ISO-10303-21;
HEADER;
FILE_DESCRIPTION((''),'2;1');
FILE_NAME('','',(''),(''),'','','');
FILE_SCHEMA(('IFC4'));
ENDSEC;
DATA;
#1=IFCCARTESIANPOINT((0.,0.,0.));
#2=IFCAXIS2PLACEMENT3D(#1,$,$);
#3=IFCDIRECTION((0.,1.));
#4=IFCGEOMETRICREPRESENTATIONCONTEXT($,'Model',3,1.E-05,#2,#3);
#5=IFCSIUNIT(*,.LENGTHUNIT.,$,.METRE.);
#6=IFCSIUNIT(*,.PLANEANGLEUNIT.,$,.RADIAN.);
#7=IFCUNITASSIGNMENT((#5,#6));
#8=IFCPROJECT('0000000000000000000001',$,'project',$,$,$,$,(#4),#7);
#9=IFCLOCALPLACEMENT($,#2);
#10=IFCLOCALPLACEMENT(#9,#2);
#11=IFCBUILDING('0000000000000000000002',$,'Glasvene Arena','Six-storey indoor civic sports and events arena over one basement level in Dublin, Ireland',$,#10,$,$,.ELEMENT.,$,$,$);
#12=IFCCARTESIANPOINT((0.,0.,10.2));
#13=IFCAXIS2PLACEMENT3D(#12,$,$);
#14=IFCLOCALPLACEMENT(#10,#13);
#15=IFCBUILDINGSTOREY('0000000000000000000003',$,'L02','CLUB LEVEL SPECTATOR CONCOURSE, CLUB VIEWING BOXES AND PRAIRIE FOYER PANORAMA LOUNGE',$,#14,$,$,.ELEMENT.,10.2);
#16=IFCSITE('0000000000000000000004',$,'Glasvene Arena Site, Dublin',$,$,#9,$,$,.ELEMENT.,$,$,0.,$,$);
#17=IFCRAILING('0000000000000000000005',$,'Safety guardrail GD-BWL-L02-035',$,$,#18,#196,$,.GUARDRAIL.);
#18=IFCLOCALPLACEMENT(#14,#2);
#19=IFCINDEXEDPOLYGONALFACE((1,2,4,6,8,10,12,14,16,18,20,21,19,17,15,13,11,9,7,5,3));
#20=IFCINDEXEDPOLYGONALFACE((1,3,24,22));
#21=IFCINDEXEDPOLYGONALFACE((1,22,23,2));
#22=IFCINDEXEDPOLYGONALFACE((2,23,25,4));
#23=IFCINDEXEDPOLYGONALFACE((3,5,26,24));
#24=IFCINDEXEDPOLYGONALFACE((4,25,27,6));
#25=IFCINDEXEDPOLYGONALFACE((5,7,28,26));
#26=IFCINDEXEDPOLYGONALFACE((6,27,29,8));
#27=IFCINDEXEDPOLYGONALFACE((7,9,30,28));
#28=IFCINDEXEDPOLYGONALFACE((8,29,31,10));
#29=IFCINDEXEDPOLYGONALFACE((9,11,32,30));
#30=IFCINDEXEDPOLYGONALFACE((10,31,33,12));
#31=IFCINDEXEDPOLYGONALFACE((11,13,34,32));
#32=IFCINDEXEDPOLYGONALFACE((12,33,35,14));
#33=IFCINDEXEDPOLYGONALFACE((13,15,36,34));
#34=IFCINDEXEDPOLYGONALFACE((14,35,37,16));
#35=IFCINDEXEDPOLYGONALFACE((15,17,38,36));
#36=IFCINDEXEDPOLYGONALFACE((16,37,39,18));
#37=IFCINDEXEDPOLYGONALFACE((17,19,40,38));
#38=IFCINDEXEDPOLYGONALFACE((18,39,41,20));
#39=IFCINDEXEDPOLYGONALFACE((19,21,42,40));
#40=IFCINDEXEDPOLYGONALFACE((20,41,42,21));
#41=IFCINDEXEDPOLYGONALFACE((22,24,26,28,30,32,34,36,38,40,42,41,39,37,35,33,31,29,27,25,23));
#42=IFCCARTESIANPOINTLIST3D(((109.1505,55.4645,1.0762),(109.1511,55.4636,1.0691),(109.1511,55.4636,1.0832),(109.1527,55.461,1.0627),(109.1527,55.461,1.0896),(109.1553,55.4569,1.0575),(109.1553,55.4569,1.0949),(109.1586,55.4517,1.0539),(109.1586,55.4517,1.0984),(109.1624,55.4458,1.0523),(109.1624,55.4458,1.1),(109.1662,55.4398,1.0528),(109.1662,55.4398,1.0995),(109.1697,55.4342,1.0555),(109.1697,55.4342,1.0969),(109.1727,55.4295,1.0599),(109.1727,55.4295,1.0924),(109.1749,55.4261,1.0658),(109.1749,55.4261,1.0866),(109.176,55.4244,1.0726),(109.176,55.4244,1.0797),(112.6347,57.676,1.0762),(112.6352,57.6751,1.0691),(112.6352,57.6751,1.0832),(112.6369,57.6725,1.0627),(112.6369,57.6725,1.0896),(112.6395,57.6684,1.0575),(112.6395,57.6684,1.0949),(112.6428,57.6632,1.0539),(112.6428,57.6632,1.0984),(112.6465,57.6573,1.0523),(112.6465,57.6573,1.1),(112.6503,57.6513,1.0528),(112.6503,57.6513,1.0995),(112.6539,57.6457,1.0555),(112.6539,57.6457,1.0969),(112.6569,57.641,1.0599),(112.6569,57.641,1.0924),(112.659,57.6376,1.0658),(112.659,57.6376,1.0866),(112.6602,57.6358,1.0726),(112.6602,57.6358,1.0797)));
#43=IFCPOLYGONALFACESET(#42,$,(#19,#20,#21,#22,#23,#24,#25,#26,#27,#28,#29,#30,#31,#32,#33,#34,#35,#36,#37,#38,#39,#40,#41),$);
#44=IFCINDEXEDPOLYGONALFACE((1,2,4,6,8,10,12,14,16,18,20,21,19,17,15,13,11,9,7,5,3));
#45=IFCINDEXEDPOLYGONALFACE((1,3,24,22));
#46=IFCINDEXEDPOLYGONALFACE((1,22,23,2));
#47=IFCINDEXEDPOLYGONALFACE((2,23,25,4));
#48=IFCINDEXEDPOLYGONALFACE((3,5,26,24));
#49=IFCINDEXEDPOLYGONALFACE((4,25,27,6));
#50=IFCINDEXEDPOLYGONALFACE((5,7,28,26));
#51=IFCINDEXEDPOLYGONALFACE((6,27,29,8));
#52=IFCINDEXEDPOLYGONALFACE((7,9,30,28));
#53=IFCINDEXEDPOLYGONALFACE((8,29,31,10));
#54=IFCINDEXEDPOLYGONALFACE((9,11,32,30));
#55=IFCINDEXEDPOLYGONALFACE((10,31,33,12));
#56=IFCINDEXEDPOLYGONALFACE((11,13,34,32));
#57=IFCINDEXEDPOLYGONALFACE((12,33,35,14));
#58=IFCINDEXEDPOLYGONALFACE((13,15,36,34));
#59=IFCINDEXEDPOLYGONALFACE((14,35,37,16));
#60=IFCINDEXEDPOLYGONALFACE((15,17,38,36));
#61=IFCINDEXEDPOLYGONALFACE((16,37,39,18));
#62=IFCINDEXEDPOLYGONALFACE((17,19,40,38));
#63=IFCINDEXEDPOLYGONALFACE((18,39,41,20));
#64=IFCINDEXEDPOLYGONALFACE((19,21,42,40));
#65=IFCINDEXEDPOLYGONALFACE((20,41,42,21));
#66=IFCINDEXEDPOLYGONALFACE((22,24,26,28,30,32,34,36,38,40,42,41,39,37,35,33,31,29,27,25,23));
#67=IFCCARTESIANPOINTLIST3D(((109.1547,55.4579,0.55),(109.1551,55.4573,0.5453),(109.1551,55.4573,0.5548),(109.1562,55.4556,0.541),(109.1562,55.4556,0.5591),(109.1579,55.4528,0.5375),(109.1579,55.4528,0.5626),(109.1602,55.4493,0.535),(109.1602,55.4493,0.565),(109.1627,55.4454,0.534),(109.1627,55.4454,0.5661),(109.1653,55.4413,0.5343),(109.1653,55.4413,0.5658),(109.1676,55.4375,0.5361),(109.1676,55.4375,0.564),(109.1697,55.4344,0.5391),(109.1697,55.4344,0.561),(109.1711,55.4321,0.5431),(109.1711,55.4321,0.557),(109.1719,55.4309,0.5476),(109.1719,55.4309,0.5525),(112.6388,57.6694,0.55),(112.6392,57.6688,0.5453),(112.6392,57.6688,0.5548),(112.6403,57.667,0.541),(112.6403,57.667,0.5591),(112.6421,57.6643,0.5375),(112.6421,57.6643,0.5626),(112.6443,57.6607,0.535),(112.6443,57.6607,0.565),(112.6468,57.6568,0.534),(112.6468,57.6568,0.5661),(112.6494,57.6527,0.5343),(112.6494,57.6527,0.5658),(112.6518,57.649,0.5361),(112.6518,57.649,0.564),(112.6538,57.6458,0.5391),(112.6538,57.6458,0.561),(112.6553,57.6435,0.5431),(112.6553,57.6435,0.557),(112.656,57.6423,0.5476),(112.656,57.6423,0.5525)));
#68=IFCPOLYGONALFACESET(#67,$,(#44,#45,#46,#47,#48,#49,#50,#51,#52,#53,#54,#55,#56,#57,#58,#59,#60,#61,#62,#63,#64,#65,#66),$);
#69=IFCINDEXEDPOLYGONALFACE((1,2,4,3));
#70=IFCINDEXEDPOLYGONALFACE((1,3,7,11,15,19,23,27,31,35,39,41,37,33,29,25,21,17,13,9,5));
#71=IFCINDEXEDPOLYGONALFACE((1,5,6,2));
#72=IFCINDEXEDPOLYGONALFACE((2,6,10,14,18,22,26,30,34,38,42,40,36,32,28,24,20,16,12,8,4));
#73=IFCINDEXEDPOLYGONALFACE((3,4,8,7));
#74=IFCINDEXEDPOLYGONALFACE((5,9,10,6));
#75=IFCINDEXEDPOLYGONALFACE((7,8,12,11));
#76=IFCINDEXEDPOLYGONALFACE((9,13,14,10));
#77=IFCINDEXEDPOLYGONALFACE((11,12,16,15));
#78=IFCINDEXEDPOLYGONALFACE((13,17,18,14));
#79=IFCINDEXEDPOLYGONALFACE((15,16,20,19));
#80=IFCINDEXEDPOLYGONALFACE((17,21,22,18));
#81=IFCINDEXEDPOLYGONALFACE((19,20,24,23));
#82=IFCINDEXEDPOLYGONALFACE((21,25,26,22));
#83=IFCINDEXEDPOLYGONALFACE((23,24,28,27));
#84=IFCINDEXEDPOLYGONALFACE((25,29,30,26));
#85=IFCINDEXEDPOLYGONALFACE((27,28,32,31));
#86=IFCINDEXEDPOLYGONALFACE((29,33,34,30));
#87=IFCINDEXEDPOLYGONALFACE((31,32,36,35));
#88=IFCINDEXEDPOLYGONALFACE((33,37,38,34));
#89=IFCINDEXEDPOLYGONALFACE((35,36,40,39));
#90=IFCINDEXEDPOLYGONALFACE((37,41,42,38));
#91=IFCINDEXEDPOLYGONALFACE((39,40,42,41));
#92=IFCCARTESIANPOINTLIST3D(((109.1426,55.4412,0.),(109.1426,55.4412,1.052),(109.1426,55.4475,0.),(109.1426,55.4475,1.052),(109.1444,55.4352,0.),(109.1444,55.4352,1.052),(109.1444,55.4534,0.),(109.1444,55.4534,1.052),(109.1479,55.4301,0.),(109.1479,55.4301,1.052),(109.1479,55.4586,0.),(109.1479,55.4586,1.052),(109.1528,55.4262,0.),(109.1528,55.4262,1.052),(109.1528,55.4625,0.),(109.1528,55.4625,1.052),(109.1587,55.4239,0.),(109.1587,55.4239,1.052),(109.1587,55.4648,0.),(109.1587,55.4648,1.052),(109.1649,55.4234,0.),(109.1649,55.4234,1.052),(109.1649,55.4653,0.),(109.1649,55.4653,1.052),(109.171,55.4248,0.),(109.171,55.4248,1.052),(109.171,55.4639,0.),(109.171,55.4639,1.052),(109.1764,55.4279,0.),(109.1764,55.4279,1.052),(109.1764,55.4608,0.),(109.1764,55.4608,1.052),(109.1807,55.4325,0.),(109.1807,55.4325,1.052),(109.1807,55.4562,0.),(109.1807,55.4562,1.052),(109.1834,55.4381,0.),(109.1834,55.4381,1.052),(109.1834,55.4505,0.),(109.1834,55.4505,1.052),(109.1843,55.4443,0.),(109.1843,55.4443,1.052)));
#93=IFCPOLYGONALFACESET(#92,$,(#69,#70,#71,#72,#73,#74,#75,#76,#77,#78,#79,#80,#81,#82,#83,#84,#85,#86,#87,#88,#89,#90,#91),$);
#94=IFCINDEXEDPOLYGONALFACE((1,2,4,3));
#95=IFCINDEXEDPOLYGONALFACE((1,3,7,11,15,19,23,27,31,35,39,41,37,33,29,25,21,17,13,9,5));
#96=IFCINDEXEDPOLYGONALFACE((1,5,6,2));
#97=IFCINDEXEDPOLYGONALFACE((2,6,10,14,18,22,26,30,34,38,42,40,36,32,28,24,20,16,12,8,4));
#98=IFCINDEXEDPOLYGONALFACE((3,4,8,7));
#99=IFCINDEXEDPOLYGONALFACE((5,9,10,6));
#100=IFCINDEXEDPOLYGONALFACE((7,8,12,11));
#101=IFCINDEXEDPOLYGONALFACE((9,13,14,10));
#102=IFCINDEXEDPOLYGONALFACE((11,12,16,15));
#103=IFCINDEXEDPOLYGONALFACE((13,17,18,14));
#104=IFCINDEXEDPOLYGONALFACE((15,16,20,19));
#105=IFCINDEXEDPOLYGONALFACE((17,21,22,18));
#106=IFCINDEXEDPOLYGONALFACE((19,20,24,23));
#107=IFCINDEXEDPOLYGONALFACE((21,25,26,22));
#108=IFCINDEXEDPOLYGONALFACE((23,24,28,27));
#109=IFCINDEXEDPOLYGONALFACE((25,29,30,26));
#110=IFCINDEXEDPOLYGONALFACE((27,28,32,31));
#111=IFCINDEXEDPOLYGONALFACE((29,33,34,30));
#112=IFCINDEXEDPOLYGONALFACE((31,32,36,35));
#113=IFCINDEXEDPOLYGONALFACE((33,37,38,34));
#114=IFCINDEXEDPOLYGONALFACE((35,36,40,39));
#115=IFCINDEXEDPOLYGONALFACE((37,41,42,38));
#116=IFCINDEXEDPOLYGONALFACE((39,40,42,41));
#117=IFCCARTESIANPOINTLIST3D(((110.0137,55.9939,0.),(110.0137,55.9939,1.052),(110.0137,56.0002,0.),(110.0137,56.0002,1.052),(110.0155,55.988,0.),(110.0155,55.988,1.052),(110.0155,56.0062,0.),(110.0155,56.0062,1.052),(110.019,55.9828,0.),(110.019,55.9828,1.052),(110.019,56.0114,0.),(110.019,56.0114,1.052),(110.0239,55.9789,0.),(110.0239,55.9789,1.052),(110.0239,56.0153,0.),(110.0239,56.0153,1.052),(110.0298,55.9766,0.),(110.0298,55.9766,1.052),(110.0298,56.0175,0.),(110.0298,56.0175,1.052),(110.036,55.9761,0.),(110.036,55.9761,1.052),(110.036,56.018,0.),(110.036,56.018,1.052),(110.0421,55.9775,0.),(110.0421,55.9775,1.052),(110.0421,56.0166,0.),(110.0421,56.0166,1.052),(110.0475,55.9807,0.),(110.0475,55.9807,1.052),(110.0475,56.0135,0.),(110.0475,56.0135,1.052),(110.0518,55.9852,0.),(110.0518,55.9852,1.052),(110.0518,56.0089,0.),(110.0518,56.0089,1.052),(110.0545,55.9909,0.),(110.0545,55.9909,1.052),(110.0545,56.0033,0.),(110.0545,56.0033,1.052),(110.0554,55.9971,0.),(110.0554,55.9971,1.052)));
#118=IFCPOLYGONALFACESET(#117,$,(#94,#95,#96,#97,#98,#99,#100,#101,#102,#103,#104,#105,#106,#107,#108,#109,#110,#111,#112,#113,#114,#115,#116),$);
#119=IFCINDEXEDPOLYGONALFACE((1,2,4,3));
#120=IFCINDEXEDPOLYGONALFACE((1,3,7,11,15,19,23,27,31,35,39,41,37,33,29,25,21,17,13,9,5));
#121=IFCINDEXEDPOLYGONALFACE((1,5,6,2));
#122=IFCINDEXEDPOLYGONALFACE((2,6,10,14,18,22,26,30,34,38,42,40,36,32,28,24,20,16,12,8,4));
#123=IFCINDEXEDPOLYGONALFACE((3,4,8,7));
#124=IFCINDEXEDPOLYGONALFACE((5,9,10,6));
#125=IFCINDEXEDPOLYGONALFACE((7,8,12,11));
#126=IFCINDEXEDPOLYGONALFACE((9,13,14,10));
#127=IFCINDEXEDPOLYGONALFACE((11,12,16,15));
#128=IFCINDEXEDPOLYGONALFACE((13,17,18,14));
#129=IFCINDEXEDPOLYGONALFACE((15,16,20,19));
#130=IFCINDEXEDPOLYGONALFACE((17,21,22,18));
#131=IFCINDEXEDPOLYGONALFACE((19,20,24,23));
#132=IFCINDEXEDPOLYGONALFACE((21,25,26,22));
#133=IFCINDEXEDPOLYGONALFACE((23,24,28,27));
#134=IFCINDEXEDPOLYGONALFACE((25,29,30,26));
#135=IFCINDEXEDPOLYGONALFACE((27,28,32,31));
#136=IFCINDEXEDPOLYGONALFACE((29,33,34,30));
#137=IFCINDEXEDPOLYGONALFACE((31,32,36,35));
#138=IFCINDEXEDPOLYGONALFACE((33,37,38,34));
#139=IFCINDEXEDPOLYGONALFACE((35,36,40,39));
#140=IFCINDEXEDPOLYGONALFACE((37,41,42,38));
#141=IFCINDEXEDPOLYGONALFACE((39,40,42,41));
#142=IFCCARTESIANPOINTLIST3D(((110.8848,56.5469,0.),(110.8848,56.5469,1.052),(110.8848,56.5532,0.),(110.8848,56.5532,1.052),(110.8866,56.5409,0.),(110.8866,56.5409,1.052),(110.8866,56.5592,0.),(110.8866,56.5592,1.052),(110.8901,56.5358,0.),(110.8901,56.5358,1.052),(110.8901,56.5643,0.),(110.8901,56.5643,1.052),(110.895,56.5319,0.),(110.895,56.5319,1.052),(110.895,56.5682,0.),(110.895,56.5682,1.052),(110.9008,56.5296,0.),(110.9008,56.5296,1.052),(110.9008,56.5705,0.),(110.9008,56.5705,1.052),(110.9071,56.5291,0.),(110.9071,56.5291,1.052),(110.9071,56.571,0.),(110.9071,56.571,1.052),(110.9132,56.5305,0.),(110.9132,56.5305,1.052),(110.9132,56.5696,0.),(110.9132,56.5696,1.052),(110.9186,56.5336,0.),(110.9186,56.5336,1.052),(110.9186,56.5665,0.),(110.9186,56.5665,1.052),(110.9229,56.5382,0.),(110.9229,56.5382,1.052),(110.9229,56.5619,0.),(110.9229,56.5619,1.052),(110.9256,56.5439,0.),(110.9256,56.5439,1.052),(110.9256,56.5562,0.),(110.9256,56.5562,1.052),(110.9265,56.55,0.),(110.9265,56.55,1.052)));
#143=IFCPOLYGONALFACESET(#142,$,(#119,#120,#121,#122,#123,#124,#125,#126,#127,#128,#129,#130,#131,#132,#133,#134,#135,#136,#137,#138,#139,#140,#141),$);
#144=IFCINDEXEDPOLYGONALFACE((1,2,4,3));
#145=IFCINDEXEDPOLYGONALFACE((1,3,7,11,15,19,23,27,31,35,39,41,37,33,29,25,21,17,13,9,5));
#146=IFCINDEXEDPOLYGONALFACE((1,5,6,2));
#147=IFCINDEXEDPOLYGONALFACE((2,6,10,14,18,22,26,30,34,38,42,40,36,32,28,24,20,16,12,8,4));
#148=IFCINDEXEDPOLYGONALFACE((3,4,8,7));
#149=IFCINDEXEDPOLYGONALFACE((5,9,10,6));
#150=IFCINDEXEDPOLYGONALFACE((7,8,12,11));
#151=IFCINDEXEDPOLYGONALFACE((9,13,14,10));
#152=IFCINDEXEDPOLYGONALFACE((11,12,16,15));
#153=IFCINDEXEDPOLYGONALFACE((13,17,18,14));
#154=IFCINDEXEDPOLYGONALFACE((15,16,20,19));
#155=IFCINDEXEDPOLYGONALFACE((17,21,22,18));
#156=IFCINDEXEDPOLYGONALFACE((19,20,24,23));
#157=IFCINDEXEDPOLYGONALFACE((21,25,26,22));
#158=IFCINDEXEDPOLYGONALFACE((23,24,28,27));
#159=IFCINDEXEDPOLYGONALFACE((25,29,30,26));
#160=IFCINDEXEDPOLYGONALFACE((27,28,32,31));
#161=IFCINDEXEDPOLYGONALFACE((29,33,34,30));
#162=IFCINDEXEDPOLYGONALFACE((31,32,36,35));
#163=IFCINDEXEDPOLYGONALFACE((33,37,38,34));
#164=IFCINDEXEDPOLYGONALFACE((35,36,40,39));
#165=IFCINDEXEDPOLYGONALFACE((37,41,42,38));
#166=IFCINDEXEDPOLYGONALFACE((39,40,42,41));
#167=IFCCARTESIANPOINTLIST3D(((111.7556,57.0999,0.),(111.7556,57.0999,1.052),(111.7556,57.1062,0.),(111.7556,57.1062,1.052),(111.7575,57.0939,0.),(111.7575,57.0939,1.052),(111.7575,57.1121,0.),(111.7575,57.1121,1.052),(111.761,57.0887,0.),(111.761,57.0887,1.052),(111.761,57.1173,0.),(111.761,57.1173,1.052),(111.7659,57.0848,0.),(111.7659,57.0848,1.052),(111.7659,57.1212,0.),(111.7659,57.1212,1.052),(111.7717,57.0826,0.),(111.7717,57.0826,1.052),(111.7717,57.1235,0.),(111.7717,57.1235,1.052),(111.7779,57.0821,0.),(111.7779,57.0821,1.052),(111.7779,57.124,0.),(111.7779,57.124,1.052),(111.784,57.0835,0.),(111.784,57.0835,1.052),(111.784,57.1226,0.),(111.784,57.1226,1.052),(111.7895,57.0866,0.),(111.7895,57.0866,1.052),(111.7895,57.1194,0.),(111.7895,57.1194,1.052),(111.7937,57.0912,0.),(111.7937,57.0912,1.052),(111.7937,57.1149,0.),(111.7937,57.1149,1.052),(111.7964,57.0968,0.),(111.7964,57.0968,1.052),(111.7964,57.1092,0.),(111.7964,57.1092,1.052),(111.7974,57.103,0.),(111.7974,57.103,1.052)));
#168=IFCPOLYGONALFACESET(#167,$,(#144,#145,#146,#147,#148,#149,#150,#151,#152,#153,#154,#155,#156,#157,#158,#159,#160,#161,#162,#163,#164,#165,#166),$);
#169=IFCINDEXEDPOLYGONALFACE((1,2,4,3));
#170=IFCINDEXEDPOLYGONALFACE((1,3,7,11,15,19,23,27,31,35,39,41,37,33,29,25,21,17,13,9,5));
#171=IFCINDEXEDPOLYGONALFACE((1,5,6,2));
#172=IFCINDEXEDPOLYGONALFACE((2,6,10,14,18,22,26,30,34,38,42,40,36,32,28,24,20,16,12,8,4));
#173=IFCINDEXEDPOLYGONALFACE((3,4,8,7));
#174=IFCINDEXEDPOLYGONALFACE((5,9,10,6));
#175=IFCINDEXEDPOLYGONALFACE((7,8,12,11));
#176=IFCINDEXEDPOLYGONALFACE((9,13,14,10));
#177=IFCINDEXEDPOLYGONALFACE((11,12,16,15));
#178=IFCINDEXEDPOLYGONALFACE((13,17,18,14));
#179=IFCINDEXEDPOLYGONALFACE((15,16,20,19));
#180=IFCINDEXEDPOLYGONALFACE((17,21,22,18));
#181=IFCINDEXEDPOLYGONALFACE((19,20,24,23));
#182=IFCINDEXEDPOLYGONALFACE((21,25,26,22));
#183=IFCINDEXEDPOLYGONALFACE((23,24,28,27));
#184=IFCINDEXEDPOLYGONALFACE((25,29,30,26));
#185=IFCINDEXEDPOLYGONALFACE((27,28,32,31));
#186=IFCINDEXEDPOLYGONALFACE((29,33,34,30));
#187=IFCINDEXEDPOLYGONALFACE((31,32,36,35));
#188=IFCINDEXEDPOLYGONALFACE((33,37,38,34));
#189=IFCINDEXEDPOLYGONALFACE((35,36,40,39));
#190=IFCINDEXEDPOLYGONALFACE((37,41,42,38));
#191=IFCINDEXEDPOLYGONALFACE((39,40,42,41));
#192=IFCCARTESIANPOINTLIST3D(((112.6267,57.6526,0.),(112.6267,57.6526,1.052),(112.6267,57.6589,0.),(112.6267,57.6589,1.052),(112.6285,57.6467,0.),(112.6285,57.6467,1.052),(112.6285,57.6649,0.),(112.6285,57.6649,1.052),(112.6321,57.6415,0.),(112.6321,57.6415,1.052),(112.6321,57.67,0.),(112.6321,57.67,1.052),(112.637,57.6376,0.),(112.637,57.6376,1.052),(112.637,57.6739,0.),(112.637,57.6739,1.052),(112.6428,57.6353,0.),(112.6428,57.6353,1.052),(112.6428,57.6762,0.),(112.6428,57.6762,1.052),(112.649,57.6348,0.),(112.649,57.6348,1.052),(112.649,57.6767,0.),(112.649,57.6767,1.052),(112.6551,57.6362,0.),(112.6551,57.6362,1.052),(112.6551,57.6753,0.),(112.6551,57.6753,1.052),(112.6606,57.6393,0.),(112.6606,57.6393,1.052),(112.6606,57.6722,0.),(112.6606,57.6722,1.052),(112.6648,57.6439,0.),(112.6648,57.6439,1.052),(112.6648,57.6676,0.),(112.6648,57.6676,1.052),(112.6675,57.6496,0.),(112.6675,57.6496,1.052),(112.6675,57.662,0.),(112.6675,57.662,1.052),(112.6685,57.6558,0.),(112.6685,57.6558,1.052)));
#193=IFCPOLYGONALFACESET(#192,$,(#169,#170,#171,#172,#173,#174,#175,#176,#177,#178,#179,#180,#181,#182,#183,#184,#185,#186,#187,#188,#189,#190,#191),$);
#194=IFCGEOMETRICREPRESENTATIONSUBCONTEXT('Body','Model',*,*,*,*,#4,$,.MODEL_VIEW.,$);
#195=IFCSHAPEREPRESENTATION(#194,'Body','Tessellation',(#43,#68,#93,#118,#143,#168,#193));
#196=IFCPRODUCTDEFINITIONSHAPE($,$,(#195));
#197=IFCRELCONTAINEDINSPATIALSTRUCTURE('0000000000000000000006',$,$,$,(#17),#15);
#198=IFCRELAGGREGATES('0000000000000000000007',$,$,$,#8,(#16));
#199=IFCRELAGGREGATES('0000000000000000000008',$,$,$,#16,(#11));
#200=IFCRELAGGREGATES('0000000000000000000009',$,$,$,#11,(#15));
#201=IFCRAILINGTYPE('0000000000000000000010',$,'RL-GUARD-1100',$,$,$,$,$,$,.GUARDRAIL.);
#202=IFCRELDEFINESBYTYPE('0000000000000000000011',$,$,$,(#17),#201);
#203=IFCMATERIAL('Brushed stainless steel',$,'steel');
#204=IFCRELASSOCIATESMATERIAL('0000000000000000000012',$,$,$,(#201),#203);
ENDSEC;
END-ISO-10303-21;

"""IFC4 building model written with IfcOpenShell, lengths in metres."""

from ifc_helpers import new_model, si_unit, direction, frame, origin, origin_2d, place, context, subcontext, project, spatial, circle, extrude, material, type_object, element, save


model = new_model("IFC4")

# Units and contexts
model_context = context("Model", 3, precision=1e-05, world=origin(), true_north=direction((0.0, 1.0)))
body_context = subcontext(model_context, "Body", "Model", "MODEL_VIEW")
ifc_project = project(units=[si_unit("LENGTHUNIT", "METRE"), si_unit("PLANEANGLEUNIT", "RADIAN")], contexts=[model_context])

# Site, building, storey
site_placement = place(None, origin())
site = spatial("IfcSite", under=ifc_project, at=site_placement, Name="Glasvene Arena Site, Dublin", CompositionType="ELEMENT", RefElevation=0.0)
building_placement = place(site_placement, origin())
building = spatial("IfcBuilding", under=site, at=building_placement, Name="Glasvene Arena", Description="Six-storey indoor civic sports and events arena over one basement level in Dublin, Ireland", CompositionType="ELEMENT")
storey_placement = place(building_placement, frame((0.0, 0.0, 10.2)))
storey = spatial("IfcBuildingStorey", under=building, at=storey_placement, Name="L02", Description="CLUB LEVEL SPECTATOR CONCOURSE, CLUB VIEWING BOXES AND PRAIRIE FOYER PANORAMA LOUNGE", CompositionType="ELEMENT", Elevation=10.2)

# Railing
ifc_material_1 = material(Name="Brushed stainless steel", Category="steel")
railing_type = type_object("IfcRailingType", Name="RL-GUARD-1100", PredefinedType="GUARDRAIL", material=ifc_material_1)
railing_1_placement = place(storey_placement, frame((109.1633, 55.4443, 0.0)))
element("IfcRailing", 1, at=railing_1_placement, inside=storey, type_object=railing_type, Name="Safety guardrail GD-BWL-L02-035", PredefinedType="GUARDRAIL", context=body_context, shape_type="SweptSolid", body=[
    extrude(circle(Radius=0.0239, at=origin_2d()), frame((0.0, 0.0, 1.0762), z_axis=(0.844292, 0.535884, 0.0), x_axis=(-0.535884, 0.844292, 0.0)), (0.0, 0.0, 1.0), 4.1267),
    extrude(circle(Radius=0.0161, at=origin_2d()), frame((0.0, 0.0, 0.55), z_axis=(0.844292, 0.535884, 0.0), x_axis=(-0.535884, 0.844292, 0.0)), (0.0, 0.0, 1.0), 4.1267),
    extrude(circle(Radius=0.021, at=origin_2d()), origin(), (0.0, 0.0, 1.0), 1.052),
    extrude(circle(Radius=0.021, at=origin_2d()), frame((0.8711, 0.5527, 0.0)), (0.0, 0.0, 1.0), 1.052),
    extrude(circle(Radius=0.021, at=origin_2d()), frame((1.7422, 1.1057, 0.0)), (0.0, 0.0, 1.0), 1.052),
    extrude(circle(Radius=0.021, at=origin_2d()), frame((2.613, 1.6587, 0.0)), (0.0, 0.0, 1.0), 1.052),
    extrude(circle(Radius=0.021, at=origin_2d()), frame((3.4841, 2.2114, 0.0)), (0.0, 0.0, 1.0), 1.052),
])

save(model, "model.ifc")
